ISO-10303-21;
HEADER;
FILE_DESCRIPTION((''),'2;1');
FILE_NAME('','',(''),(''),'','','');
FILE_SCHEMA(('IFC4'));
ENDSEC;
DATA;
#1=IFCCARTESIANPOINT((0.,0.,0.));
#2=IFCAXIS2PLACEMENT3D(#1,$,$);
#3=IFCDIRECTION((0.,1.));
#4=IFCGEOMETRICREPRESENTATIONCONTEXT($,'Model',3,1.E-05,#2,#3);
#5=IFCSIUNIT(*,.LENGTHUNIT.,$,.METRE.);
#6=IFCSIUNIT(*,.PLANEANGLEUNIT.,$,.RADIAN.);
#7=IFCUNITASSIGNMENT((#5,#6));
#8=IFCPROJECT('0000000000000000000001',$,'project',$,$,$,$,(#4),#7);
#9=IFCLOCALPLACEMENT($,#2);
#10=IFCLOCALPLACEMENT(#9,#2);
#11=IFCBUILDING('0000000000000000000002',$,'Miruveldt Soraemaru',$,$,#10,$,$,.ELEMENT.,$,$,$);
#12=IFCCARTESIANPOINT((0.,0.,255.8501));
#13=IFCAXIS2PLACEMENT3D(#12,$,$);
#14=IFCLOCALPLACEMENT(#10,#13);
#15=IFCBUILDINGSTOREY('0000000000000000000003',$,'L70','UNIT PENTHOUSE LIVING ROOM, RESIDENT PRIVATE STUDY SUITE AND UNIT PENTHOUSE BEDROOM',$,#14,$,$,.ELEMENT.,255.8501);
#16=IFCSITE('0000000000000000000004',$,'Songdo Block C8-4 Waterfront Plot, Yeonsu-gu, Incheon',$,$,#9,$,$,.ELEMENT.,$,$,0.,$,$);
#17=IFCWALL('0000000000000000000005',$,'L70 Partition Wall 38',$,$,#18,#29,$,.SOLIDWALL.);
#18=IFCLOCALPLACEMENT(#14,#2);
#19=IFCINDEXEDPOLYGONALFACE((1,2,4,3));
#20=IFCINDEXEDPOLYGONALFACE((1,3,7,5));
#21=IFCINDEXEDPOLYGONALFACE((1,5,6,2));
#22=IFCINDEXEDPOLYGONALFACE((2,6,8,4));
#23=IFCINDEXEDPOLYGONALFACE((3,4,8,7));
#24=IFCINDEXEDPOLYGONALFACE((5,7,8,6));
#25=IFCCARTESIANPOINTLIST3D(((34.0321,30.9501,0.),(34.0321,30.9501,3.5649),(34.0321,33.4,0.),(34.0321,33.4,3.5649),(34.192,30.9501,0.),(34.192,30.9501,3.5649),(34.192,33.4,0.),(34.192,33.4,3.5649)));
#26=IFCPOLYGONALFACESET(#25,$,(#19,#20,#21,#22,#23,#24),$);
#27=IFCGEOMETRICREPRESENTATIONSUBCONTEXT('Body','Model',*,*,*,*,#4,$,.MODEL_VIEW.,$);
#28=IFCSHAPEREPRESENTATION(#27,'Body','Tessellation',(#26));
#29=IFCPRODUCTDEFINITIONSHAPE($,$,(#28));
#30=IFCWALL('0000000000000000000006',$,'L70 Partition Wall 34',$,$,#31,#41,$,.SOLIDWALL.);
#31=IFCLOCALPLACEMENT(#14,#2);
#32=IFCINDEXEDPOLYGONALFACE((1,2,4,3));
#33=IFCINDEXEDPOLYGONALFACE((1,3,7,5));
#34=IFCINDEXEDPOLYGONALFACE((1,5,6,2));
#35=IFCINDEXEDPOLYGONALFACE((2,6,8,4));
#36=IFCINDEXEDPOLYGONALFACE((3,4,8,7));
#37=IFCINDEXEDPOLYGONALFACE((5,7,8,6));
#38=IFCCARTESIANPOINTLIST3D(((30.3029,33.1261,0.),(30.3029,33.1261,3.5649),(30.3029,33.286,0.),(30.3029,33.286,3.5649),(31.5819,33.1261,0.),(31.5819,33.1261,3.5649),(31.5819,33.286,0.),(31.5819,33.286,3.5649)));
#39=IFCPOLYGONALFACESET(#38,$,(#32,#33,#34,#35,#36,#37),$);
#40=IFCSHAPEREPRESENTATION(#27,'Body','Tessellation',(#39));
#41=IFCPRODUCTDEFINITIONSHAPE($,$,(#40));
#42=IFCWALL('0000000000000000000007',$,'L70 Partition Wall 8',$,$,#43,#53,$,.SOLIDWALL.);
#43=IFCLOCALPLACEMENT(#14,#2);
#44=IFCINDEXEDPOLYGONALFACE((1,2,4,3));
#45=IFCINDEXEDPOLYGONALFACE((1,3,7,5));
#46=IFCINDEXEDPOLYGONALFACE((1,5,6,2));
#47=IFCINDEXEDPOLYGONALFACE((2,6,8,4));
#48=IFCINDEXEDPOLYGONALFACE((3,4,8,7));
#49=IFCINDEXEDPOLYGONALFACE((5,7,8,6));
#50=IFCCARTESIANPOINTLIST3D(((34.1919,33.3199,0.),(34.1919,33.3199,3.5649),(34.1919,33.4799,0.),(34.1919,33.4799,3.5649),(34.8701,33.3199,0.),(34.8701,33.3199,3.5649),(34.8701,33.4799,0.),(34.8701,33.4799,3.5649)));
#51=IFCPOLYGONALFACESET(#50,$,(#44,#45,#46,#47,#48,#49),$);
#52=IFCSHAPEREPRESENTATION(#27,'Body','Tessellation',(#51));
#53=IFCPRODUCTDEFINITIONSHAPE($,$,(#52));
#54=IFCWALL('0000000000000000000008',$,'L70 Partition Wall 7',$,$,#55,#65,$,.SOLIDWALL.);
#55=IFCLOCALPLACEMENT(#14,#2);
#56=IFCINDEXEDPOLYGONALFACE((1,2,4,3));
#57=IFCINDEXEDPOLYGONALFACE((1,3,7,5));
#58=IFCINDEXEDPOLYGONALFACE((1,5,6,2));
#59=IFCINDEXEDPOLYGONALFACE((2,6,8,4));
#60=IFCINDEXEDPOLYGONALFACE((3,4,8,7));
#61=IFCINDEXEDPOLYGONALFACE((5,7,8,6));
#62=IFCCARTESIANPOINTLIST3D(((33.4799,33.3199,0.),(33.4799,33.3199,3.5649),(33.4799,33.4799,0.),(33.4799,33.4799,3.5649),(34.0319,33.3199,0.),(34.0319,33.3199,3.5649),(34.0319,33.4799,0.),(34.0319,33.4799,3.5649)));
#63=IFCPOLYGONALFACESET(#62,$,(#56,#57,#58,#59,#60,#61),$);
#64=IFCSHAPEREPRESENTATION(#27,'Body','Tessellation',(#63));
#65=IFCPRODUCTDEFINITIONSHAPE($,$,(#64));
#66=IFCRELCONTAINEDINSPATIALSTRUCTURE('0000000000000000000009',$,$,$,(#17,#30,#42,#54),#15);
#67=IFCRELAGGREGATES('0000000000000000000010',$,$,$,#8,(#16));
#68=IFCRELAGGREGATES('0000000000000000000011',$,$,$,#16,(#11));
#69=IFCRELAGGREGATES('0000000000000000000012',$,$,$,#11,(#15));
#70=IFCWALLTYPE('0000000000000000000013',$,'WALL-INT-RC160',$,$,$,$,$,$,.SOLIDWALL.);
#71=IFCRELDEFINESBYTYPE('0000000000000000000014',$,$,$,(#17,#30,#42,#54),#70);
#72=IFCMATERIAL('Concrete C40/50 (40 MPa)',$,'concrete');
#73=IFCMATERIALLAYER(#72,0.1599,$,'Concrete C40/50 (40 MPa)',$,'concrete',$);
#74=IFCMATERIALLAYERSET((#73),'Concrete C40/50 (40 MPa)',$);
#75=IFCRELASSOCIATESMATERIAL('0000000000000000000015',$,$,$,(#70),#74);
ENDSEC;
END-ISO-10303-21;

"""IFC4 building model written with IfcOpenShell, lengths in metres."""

from ifc_helpers import new_model, si_unit, direction, frame, frame_2d, origin, place, context, subcontext, project, spatial, rectangle, extrude, material, layer, layer_set, type_object, element, save


model = new_model("IFC4")

# Units and contexts
model_context = context("Model", 3, precision=1e-05, world=origin(), true_north=direction((0.0, 1.0)))
body_context = subcontext(model_context, "Body", "Model", "MODEL_VIEW")
ifc_project = project(units=[si_unit("LENGTHUNIT", "METRE"), si_unit("PLANEANGLEUNIT", "RADIAN")], contexts=[model_context])

# Site, building, storey
site_placement = place(None, origin())
site = spatial("IfcSite", under=ifc_project, at=site_placement, Name="Songdo Block C8-4 Waterfront Plot, Yeonsu-gu, Incheon", CompositionType="ELEMENT", RefElevation=0.0)
building_placement = place(site_placement, origin())
building = spatial("IfcBuilding", under=site, at=building_placement, Name="Miruveldt Soraemaru", CompositionType="ELEMENT")
storey_placement = place(building_placement, frame((0.0, 0.0, 255.8501)))
storey = spatial("IfcBuildingStorey", under=building, at=storey_placement, Name="L70", Description="UNIT PENTHOUSE LIVING ROOM, RESIDENT PRIVATE STUDY SUITE AND UNIT PENTHOUSE BEDROOM", CompositionType="ELEMENT", Elevation=255.8501)

# Walls
ifc_material_1 = material(Name="Concrete C40/50 (40 MPa)", Category="concrete")
ifc_layer_1 = layer(ifc_material_1, 0.1599, Name="Concrete C40/50 (40 MPa)", Category="concrete")
ifc_layer_set_1 = layer_set([ifc_layer_1], Name="Concrete C40/50 (40 MPa)")
wall_type_1 = type_object("IfcWallType", Name="WALL-INT-RC160", PredefinedType="SOLIDWALL", material=ifc_layer_set_1)
wall_1_placement = place(storey_placement, frame((34.1121, 30.95, 0.0), z_axis=(0.0, 0.0, 1.0), x_axis=(0.0, 1.0, 0.0)))
element("IfcWall", 1, at=wall_1_placement, inside=storey, type_object=wall_type_1, Name="L70 Partition Wall 38", PredefinedType="SOLIDWALL", context=body_context, shape_type="SweptSolid", body=[
    extrude(rectangle(XDim=2.45, YDim=0.1599, at=frame_2d((1.2251, 0.0))), origin(), (0.0, 0.0, 1.0), 3.5649),
])
wall_2_placement = place(storey_placement, frame((31.582, 33.2061, 0.0), z_axis=(0.0, 0.0, 1.0), x_axis=(-1.0, 0.0, 0.0)))
element("IfcWall", 2, at=wall_2_placement, inside=storey, type_object=wall_type_1, Name="L70 Partition Wall 34", PredefinedType="SOLIDWALL", context=body_context, shape_type="SweptSolid", body=[
    extrude(rectangle(XDim=1.2791, YDim=0.1599, at=frame_2d((0.6396, 0.0))), origin(), (0.0, 0.0, 1.0), 3.5649),
])
wall_3_placement = place(storey_placement, frame((34.1919, 33.3999, 0.0), z_axis=(0.0, 0.0, 1.0), x_axis=(1.0, 0.0, 0.0)))
element("IfcWall", 3, at=wall_3_placement, inside=storey, type_object=wall_type_1, Name="L70 Partition Wall 8", PredefinedType="SOLIDWALL", context=body_context, shape_type="SweptSolid", body=[
    extrude(rectangle(XDim=0.6782, YDim=0.1599, at=frame_2d((0.3391, 0.0))), origin(), (0.0, 0.0, 1.0), 3.5649),
])
wall_4_placement = place(storey_placement, frame((33.48, 33.3999, 0.0), z_axis=(0.0, 0.0, 1.0), x_axis=(1.0, 0.0, 0.0)))
element("IfcWall", 4, at=wall_4_placement, inside=storey, type_object=wall_type_1, Name="L70 Partition Wall 7", PredefinedType="SOLIDWALL", context=body_context, shape_type="SweptSolid", body=[
    extrude(rectangle(XDim=0.552, YDim=0.1599, at=frame_2d((0.2759, 0.0))), origin(), (0.0, 0.0, 1.0), 3.5649),
])

save(model, "model.ifc")
